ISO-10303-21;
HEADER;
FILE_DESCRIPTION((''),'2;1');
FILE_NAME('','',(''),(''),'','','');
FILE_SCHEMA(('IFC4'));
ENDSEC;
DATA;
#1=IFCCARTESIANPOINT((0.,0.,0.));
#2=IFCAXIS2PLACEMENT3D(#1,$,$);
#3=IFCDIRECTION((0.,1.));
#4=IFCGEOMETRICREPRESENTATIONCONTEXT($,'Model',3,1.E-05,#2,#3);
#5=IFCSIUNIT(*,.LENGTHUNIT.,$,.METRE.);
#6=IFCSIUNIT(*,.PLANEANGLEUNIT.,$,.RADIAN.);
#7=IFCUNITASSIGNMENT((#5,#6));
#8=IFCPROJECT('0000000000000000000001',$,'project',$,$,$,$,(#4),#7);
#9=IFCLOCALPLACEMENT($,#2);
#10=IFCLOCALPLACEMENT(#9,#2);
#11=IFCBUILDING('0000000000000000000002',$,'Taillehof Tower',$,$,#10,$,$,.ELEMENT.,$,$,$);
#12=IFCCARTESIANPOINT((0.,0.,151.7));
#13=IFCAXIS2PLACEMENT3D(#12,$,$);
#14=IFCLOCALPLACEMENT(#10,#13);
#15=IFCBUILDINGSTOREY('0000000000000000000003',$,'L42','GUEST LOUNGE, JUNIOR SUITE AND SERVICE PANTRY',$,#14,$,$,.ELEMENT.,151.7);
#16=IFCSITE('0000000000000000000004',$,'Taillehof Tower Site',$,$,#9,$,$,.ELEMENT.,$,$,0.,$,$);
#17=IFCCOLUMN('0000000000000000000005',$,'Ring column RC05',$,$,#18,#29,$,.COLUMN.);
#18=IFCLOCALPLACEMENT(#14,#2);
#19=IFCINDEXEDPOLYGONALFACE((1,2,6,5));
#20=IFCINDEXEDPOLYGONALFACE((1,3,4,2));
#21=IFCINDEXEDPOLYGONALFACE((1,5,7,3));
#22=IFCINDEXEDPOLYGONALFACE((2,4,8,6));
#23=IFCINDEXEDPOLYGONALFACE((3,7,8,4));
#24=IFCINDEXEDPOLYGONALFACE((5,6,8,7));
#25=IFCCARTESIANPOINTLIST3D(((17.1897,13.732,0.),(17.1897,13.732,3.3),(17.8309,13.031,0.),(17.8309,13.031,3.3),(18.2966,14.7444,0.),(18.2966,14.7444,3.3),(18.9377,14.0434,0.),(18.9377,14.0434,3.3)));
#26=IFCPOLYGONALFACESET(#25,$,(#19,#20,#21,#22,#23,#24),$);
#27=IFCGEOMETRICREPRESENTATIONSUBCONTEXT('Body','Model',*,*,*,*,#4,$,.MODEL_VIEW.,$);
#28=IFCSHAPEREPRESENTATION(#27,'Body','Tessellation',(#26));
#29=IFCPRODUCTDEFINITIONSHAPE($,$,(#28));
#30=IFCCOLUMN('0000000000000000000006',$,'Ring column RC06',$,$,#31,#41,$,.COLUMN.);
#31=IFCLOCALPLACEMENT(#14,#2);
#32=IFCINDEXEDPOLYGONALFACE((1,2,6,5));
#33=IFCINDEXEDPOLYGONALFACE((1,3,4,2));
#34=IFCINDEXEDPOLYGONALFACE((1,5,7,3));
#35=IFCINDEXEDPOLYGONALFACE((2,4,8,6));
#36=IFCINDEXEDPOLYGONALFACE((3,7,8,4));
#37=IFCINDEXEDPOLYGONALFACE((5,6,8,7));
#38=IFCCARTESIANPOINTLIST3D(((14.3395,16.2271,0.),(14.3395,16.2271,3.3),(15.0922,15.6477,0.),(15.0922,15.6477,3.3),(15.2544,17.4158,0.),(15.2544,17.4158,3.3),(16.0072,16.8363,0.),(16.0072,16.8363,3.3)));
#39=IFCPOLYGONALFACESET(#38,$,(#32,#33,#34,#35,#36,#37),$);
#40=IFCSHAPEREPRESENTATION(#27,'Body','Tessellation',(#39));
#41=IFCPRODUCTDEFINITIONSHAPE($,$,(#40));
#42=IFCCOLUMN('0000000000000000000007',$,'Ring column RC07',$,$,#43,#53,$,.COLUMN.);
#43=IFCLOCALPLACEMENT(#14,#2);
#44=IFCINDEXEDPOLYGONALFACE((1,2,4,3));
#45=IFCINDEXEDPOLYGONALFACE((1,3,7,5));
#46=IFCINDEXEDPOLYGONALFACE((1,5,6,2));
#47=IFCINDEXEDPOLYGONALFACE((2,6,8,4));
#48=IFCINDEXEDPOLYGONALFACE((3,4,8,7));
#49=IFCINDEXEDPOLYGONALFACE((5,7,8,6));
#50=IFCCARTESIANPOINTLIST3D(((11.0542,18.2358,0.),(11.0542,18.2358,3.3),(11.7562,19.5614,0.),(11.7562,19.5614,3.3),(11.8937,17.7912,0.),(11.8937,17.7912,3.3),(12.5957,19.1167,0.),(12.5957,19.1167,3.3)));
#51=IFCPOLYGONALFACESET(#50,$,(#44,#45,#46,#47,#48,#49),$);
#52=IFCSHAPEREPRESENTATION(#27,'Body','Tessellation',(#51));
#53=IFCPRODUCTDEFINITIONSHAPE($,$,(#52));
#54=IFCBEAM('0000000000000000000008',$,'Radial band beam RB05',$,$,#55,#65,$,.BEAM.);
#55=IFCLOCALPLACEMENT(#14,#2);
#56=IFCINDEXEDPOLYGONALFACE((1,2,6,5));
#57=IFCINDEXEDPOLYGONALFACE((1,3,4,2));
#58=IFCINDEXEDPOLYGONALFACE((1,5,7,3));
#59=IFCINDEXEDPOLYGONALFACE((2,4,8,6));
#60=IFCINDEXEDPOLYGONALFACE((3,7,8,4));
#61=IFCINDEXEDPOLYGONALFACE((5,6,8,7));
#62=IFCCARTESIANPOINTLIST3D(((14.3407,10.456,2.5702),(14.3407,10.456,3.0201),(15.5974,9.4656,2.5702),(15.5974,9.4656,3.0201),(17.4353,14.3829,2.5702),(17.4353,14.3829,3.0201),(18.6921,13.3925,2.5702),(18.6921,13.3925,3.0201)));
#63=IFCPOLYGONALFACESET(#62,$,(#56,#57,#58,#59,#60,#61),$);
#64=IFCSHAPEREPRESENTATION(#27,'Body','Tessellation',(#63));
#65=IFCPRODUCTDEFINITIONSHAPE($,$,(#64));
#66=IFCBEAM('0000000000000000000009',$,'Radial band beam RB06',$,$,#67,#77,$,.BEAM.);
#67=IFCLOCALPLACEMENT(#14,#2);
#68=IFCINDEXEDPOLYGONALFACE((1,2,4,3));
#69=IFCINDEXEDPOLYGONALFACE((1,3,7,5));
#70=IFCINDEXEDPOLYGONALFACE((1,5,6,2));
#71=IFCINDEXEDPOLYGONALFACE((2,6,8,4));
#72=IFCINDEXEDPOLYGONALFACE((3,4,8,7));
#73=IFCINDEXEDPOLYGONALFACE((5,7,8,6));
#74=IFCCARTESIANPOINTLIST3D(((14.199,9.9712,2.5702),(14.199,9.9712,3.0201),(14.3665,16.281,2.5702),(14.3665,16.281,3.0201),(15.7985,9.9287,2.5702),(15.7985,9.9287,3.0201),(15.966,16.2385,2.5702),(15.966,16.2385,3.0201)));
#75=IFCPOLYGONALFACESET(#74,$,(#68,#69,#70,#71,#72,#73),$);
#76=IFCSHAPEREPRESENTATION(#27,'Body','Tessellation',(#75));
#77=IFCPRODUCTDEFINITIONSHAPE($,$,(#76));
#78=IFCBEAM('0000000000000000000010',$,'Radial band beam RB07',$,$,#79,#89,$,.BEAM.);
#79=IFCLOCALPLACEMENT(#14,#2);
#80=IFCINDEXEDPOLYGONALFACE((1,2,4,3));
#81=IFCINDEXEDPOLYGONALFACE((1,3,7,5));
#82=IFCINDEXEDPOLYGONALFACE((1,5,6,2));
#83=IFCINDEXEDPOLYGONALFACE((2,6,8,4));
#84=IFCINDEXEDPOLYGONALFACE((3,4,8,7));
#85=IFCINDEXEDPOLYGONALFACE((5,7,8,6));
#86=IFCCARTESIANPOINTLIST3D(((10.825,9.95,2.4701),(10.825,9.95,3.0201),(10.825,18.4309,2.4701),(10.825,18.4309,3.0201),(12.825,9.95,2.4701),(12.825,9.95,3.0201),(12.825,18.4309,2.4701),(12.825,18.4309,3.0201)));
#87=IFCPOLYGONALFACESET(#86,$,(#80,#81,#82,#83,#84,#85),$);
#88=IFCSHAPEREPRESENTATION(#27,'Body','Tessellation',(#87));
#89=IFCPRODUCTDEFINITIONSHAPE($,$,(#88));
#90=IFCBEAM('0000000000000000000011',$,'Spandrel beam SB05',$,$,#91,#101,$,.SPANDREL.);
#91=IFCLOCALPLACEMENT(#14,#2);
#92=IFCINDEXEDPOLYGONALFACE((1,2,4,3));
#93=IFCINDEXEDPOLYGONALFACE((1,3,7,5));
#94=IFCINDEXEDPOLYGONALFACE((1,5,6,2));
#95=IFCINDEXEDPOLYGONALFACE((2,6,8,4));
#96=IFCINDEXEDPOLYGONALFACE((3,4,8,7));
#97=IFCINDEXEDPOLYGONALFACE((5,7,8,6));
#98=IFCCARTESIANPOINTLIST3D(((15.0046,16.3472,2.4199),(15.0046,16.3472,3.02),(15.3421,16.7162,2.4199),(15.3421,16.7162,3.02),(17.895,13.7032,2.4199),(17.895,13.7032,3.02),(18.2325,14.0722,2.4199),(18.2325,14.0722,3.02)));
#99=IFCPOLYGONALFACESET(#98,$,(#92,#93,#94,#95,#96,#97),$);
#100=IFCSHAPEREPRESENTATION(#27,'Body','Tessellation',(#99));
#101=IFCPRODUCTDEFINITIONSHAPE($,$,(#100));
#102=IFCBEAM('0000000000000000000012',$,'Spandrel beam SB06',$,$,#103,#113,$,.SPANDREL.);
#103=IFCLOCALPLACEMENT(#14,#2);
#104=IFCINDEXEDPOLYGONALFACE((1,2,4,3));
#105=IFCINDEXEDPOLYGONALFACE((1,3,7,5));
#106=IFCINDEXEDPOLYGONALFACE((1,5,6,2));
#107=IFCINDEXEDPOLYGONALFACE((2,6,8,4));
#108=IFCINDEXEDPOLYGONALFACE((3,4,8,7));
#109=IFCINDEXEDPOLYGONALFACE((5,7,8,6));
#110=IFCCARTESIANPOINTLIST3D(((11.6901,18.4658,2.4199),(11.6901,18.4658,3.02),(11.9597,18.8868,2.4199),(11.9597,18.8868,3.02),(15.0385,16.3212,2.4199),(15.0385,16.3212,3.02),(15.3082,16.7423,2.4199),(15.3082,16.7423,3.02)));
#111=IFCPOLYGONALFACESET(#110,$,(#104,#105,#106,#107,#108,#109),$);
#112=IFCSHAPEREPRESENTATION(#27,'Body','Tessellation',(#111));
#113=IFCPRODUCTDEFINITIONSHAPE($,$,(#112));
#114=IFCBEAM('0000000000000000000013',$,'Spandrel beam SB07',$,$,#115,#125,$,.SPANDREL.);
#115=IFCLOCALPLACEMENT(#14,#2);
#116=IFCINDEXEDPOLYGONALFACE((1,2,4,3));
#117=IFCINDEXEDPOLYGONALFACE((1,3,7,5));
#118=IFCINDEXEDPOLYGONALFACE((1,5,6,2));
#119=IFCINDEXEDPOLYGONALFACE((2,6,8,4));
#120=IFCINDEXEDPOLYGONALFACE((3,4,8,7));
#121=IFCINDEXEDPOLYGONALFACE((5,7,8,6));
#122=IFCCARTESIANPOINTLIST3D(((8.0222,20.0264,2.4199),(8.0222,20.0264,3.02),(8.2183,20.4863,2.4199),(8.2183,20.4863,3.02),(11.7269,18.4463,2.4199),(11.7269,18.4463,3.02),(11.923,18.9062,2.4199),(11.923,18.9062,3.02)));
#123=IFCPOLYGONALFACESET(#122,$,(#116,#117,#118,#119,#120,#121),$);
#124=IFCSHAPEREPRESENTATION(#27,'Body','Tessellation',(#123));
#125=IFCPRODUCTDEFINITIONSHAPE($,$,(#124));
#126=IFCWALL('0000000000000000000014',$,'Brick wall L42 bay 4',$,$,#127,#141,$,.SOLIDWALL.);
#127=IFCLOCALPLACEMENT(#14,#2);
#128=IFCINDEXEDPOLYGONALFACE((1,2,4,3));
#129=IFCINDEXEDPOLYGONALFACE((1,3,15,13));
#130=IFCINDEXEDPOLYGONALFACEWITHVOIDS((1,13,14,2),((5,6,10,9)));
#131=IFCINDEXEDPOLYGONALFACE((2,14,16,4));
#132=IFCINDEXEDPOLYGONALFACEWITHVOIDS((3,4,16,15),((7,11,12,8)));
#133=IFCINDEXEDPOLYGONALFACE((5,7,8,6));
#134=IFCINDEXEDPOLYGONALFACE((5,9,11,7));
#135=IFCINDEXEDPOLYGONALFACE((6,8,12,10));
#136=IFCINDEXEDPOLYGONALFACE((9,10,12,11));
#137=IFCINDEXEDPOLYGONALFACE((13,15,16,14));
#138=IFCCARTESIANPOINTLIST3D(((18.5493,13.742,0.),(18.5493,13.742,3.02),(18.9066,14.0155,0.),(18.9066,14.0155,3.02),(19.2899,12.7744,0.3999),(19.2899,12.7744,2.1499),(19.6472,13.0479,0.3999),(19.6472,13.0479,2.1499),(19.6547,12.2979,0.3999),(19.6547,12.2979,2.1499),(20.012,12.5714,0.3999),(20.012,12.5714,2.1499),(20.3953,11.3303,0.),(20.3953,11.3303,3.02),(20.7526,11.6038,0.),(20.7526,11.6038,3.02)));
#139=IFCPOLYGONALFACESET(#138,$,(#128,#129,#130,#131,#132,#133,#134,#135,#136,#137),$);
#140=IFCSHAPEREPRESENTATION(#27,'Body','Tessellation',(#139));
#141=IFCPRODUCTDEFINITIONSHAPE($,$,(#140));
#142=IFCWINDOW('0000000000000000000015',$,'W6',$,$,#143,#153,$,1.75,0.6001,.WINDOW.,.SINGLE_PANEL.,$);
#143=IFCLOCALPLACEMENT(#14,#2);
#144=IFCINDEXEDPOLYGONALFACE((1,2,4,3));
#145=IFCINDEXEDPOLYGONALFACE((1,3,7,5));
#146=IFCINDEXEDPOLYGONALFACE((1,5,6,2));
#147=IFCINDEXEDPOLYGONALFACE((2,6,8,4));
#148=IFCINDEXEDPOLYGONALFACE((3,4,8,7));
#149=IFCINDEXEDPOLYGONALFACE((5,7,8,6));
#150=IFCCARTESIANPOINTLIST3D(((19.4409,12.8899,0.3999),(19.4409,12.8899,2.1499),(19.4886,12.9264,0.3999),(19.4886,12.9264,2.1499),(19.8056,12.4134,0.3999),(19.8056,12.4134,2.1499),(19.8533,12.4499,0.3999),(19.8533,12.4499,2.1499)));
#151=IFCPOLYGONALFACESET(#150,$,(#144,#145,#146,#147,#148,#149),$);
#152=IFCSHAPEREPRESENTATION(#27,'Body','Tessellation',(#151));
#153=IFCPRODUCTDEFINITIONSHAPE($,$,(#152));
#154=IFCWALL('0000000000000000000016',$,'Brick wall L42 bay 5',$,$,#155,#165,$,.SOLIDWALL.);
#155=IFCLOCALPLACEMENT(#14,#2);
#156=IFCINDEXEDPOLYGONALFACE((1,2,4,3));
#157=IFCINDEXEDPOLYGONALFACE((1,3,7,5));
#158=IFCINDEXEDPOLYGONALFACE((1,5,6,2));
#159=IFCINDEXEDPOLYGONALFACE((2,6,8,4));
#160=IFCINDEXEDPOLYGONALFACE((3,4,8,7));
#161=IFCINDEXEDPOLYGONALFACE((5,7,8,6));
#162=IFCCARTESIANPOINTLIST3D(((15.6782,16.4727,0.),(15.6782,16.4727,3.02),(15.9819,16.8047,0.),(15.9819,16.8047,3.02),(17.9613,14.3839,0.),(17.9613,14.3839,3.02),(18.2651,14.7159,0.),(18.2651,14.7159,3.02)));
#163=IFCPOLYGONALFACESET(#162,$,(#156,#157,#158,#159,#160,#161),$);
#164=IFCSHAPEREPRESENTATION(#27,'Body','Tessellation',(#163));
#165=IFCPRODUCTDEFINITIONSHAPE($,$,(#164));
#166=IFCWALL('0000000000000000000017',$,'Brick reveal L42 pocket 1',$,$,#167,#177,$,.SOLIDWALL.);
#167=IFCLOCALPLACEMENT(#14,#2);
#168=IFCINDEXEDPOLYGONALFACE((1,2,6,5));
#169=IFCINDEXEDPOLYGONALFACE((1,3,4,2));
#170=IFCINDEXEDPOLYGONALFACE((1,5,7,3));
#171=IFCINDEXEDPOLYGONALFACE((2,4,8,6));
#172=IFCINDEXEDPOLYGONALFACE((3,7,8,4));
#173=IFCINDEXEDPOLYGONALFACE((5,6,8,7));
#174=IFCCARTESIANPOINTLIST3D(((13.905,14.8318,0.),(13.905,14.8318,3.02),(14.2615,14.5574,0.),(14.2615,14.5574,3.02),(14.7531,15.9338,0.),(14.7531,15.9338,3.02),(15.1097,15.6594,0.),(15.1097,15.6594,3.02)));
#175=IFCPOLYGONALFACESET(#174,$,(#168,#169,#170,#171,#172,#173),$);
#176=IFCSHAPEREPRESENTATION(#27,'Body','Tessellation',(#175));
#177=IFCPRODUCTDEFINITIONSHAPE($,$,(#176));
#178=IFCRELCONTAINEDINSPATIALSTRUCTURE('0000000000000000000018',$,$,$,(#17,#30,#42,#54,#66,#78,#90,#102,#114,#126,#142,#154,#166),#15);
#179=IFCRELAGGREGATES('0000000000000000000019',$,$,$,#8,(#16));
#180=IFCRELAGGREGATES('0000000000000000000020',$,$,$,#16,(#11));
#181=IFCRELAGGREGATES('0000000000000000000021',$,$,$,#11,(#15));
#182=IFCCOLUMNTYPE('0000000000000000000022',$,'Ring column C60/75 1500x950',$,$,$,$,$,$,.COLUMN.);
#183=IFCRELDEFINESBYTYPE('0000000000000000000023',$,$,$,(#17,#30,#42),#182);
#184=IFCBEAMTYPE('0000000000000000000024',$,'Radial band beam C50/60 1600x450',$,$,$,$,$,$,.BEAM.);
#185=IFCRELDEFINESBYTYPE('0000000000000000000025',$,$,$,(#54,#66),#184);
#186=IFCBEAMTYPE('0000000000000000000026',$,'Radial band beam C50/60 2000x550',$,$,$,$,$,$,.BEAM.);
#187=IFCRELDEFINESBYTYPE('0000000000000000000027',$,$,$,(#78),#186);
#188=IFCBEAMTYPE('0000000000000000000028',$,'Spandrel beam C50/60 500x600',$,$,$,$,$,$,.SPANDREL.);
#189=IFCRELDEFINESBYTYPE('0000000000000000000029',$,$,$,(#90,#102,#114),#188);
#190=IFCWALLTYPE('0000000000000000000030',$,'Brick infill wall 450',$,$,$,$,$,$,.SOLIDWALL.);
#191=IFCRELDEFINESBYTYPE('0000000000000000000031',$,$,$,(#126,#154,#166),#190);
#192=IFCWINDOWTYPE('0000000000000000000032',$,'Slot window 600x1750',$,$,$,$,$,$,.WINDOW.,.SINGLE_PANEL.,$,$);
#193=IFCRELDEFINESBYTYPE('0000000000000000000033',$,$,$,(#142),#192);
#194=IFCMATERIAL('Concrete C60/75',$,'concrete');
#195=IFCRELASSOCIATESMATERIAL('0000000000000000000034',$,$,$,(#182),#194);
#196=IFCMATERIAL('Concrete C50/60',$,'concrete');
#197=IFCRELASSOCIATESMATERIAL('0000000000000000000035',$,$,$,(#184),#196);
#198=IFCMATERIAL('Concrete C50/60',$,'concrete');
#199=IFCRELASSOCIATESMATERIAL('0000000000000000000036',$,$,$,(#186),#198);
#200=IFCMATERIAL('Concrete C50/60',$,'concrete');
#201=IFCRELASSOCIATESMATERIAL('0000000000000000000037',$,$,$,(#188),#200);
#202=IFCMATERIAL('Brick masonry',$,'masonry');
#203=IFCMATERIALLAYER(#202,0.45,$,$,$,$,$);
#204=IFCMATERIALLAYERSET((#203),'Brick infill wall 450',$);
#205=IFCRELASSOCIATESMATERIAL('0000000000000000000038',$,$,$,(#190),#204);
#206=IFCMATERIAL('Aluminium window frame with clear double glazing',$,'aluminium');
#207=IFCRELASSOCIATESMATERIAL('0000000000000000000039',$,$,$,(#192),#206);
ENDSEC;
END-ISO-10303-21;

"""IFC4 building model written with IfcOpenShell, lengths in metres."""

from ifc_helpers import new_model, si_unit, direction, frame, frame_2d, origin, origin_2d, place, context, subcontext, project, spatial, rectangle, extrude, material, layer, layer_set, material_profile, profile_set, type_object, element, fill, save


model = new_model("IFC4")

# Units and contexts
model_context = context("Model", 3, precision=1e-05, world=origin(), true_north=direction((0.0, 1.0)))
body_context = subcontext(model_context, "Body", "Model", "MODEL_VIEW")
ifc_project = project(units=[si_unit("LENGTHUNIT", "METRE"), si_unit("PLANEANGLEUNIT", "RADIAN")], contexts=[model_context])

# Site, building, storey
site_placement = place(None, origin())
site = spatial("IfcSite", under=ifc_project, at=site_placement, Name="Taillehof Tower Site", CompositionType="ELEMENT", RefElevation=0.0)
building_placement = place(site_placement, origin())
building = spatial("IfcBuilding", under=site, at=building_placement, Name="Taillehof Tower", CompositionType="ELEMENT")
storey_placement = place(building_placement, frame((0.0, 0.0, 151.7)))
storey = spatial("IfcBuildingStorey", under=building, at=storey_placement, Name="L42", Description="GUEST LOUNGE, JUNIOR SUITE AND SERVICE PANTRY", CompositionType="ELEMENT", Elevation=151.7)

# Columns
ifc_material_1 = material(Name="Concrete C60/75", Category="concrete")
ifc_material_profile_1 = material_profile(ifc_material_1, rectangle(XDim=1.5, YDim=0.95, at=origin_2d()), Name="RC 1500x950")
ifc_profile_set_1 = profile_set([ifc_material_profile_1], Name="Concrete C60/75")
column_type = type_object("IfcColumnType", Name="Ring column C60/75 1500x950", PredefinedType="COLUMN", material=ifc_profile_set_1)
for number, where, z_axis, x_axis, name in (
    (1, (18.0637, 13.8877, 0.0), (0.0, 0.0, 1.0), (0.737879, 0.674933, 0.0), "Ring column RC05"),
    (2, (15.1733, 16.5317, 0.0), (0.0, 0.0, 1.0), (0.609971, 0.792424, 0.0), "Ring column RC06"),
    (3, (11.825, 18.6763, 0.0), (0.0, 0.0, 1.0), (0.468042, 0.883706, 0.0), "Ring column RC07"),
):
    element("IfcColumn", number, at=place(storey_placement, frame(where, z_axis=z_axis, x_axis=x_axis)), inside=storey, type_object=column_type, Name=name, PredefinedType="COLUMN", context=body_context, shape_type="SweptSolid", body=[
        extrude(rectangle(XDim=1.5, YDim=0.95, at=origin_2d()), origin(), (0.0, 0.0, 1.0), 3.3),
    ])

# Beams
ifc_material_2 = material(Name="Concrete C50/60", Category="concrete")
ifc_material_profile_2 = material_profile(ifc_material_2, rectangle(XDim=1.6001, YDim=0.45, at=origin_2d()), Name="RC 1600x450")
ifc_profile_set_2 = profile_set([ifc_material_profile_2], Name="Concrete C50/60")
beam_type_1 = type_object("IfcBeamType", Name="Radial band beam C50/60 1600x450", PredefinedType="BEAM", material=ifc_profile_set_2)
beam_1_placement = place(storey_placement, frame((18.0637, 13.8877, 2.7952), z_axis=(-0.618962, -0.785421, 0.0), x_axis=(0.785421, -0.618962, 0.0)))
element("IfcBeam", 4, at=beam_1_placement, inside=storey, type_object=beam_type_1, Name="Radial band beam RB05", PredefinedType="BEAM", context=body_context, shape_type="SweptSolid", body=[
    extrude(rectangle(XDim=1.6001, YDim=0.45, at=origin_2d()), origin(), (0.0, 0.0, 1.0), 4.9998),
])
beam_2_placement = place(storey_placement, frame((15.1663, 16.2598, 2.7952), z_axis=(-0.026534, -0.999648, 0.0), x_axis=(0.999648, -0.026534, 0.0)))
element("IfcBeam", 5, at=beam_2_placement, inside=storey, type_object=beam_type_1, Name="Radial band beam RB06", PredefinedType="BEAM", context=body_context, shape_type="SweptSolid", body=[
    extrude(rectangle(XDim=1.6001, YDim=0.45, at=origin_2d()), origin(), (0.0, 0.0, 1.0), 6.312),
])
ifc_material_3 = material(Name="Concrete C50/60", Category="concrete")
ifc_material_profile_3 = material_profile(ifc_material_3, rectangle(XDim=2.0, YDim=0.55, at=origin_2d()), Name="RC 2000x550")
ifc_profile_set_3 = profile_set([ifc_material_profile_3], Name="Concrete C50/60")
beam_type_2 = type_object("IfcBeamType", Name="Radial band beam C50/60 2000x550", PredefinedType="BEAM", material=ifc_profile_set_3)
beam_3_placement = place(storey_placement, frame((11.825, 18.4309, 2.7451), z_axis=(0.0, -1.0, 0.0), x_axis=(1.0, 0.0, 0.0)))
element("IfcBeam", 6, at=beam_3_placement, inside=storey, type_object=beam_type_2, Name="Radial band beam RB07", PredefinedType="BEAM", context=body_context, shape_type="SweptSolid", body=[
    extrude(rectangle(XDim=2.0, YDim=0.55, at=origin_2d()), origin(), (0.0, 0.0, 1.0), 8.481),
])
ifc_material_4 = material(Name="Concrete C50/60", Category="concrete")
ifc_material_profile_4 = material_profile(ifc_material_4, rectangle(XDim=0.5, YDim=0.6001, at=origin_2d()), Name="RC 500x600")
ifc_profile_set_4 = profile_set([ifc_material_profile_4], Name="Concrete C50/60")
beam_type_3 = type_object("IfcBeamType", Name="Spandrel beam C50/60 500x600", PredefinedType="SPANDREL", material=ifc_profile_set_4)
beam_4_placement = place(storey_placement, frame((18.0637, 13.8877, 2.72), z_axis=(-0.73785, 0.674965, 0.0), x_axis=(-0.674965, -0.73785, 0.0)))
element("IfcBeam", 7, at=beam_4_placement, inside=storey, type_object=beam_type_3, Name="Spandrel beam SB05", PredefinedType="SPANDREL", context=body_context, shape_type="SweptSolid", body=[
    extrude(rectangle(XDim=0.5, YDim=0.6001, at=origin_2d()), origin(), (0.0, 0.0, 1.0), 3.9172),
])
beam_5_placement = place(storey_placement, frame((15.1733, 16.5317, 2.72), z_axis=(-0.842093, 0.539332, 0.0), x_axis=(-0.539332, -0.842093, 0.0)))
element("IfcBeam", 8, at=beam_5_placement, inside=storey, type_object=beam_type_3, Name="Spandrel beam SB06", PredefinedType="SPANDREL", context=body_context, shape_type="SweptSolid", body=[
    extrude(rectangle(XDim=0.5, YDim=0.6001, at=origin_2d()), origin(), (0.0, 0.0, 1.0), 3.9763),
])
beam_6_placement = place(storey_placement, frame((11.825, 18.6763, 2.72), z_axis=(-0.919827, 0.392324, 0.0), x_axis=(-0.392324, -0.919827, 0.0)))
element("IfcBeam", 9, at=beam_6_placement, inside=storey, type_object=beam_type_3, Name="Spandrel beam SB07", PredefinedType="SPANDREL", context=body_context, shape_type="SweptSolid", body=[
    extrude(rectangle(XDim=0.5, YDim=0.6001, at=origin_2d()), origin(), (0.0, 0.0, 1.0), 4.0276),
])

# Wall, opening, window
ifc_material_5 = material(Name="Brick masonry", Category="masonry")
ifc_layer_1 = layer(ifc_material_5, 0.45)
ifc_layer_set_1 = layer_set([ifc_layer_1], Name="Brick infill wall 450")
wall_type_1 = type_object("IfcWallType", Name="Brick infill wall 450", PredefinedType="SOLIDWALL", material=ifc_layer_set_1)
wall_1_placement = place(storey_placement, frame((20.574, 11.467, 0.0), z_axis=(0.0, 0.0, 1.0), x_axis=(-0.607817, 0.794077, 0.0)))
wall_1 = element("IfcWall", 10, at=wall_1_placement, inside=storey, type_object=wall_type_1, Name="Brick wall L42 bay 4", PredefinedType="SOLIDWALL", context=body_context, shape_type="SweptSolid", body=[
    extrude(rectangle(XDim=3.0371, YDim=0.45, at=frame_2d((1.5186, 0.0))), origin(), (0.0, 0.0, 1.0), 3.02),
])
opening_1_placement = place(wall_1_placement, frame((1.2185, 0.0, 0.3999)))
opening_1 = element("IfcOpeningElement", 11, at=opening_1_placement, cuts=wall_1, PredefinedType="OPENING", context=body_context, shape_type="SweptSolid", body=[
    extrude(rectangle(XDim=0.6001, YDim=1.75, at=frame_2d((0.3, 0.875))), frame((0.0, 0.2349, 0.0), z_axis=(0.0, -1.0, 0.0), x_axis=(1.0, 0.0, 0.0)), (0.0, 0.0, 1.0), 0.47),
])
ifc_material_6 = material(Name="Aluminium window frame with clear double glazing", Category="aluminium")
window_type_1 = type_object("IfcWindowType", Name="Slot window 600x1750", PartitioningType="SINGLE_PANEL", PredefinedType="WINDOW", material=ifc_material_6)
window_1_placement = place(opening_1_placement, origin())
window_1 = element("IfcWindow", 12, at=window_1_placement, inside=storey, type_object=window_type_1, Name="W6", OverallHeight=1.75, OverallWidth=0.6001, PartitioningType="SINGLE_PANEL", PredefinedType="WINDOW", context=body_context, shape_type="SweptSolid", body=[
    extrude(rectangle(XDim=0.6001, YDim=1.75, at=frame_2d((0.3, 0.875))), frame((0.0, 0.0349, 0.0), z_axis=(0.0, -1.0, 0.0), x_axis=(1.0, 0.0, 0.0)), (0.0, 0.0, 1.0), 0.0601),
])
fill(opening_1, window_1)

# Walls
wall_2_placement = place(storey_placement, frame((18.1133, 14.5498, 0.0), z_axis=(0.0, 0.0, 1.0), x_axis=(-0.737809, 0.67501, 0.0)))
element("IfcWall", 13, at=wall_2_placement, inside=storey, type_object=wall_type_1, Name="Brick wall L42 bay 5", PredefinedType="SOLIDWALL", context=body_context, shape_type="SweptSolid", body=[
    extrude(rectangle(XDim=3.0945, YDim=0.45, at=frame_2d((1.5474, 0.0))), origin(), (0.0, 0.0, 1.0), 3.02),
])
wall_3_placement = place(storey_placement, frame((14.9314, 15.7966, 0.0), z_axis=(0.0, 0.0, 1.0), x_axis=(-0.609897, -0.79248, 0.0)))
element("IfcWall", 14, at=wall_3_placement, inside=storey, type_object=wall_type_1, Name="Brick reveal L42 pocket 1", PredefinedType="SOLIDWALL", context=body_context, shape_type="SweptSolid", body=[
    extrude(rectangle(XDim=1.3906, YDim=0.45, at=frame_2d((0.6953, 0.0))), origin(), (0.0, 0.0, 1.0), 3.02),
])

save(model, "model.ifc")
